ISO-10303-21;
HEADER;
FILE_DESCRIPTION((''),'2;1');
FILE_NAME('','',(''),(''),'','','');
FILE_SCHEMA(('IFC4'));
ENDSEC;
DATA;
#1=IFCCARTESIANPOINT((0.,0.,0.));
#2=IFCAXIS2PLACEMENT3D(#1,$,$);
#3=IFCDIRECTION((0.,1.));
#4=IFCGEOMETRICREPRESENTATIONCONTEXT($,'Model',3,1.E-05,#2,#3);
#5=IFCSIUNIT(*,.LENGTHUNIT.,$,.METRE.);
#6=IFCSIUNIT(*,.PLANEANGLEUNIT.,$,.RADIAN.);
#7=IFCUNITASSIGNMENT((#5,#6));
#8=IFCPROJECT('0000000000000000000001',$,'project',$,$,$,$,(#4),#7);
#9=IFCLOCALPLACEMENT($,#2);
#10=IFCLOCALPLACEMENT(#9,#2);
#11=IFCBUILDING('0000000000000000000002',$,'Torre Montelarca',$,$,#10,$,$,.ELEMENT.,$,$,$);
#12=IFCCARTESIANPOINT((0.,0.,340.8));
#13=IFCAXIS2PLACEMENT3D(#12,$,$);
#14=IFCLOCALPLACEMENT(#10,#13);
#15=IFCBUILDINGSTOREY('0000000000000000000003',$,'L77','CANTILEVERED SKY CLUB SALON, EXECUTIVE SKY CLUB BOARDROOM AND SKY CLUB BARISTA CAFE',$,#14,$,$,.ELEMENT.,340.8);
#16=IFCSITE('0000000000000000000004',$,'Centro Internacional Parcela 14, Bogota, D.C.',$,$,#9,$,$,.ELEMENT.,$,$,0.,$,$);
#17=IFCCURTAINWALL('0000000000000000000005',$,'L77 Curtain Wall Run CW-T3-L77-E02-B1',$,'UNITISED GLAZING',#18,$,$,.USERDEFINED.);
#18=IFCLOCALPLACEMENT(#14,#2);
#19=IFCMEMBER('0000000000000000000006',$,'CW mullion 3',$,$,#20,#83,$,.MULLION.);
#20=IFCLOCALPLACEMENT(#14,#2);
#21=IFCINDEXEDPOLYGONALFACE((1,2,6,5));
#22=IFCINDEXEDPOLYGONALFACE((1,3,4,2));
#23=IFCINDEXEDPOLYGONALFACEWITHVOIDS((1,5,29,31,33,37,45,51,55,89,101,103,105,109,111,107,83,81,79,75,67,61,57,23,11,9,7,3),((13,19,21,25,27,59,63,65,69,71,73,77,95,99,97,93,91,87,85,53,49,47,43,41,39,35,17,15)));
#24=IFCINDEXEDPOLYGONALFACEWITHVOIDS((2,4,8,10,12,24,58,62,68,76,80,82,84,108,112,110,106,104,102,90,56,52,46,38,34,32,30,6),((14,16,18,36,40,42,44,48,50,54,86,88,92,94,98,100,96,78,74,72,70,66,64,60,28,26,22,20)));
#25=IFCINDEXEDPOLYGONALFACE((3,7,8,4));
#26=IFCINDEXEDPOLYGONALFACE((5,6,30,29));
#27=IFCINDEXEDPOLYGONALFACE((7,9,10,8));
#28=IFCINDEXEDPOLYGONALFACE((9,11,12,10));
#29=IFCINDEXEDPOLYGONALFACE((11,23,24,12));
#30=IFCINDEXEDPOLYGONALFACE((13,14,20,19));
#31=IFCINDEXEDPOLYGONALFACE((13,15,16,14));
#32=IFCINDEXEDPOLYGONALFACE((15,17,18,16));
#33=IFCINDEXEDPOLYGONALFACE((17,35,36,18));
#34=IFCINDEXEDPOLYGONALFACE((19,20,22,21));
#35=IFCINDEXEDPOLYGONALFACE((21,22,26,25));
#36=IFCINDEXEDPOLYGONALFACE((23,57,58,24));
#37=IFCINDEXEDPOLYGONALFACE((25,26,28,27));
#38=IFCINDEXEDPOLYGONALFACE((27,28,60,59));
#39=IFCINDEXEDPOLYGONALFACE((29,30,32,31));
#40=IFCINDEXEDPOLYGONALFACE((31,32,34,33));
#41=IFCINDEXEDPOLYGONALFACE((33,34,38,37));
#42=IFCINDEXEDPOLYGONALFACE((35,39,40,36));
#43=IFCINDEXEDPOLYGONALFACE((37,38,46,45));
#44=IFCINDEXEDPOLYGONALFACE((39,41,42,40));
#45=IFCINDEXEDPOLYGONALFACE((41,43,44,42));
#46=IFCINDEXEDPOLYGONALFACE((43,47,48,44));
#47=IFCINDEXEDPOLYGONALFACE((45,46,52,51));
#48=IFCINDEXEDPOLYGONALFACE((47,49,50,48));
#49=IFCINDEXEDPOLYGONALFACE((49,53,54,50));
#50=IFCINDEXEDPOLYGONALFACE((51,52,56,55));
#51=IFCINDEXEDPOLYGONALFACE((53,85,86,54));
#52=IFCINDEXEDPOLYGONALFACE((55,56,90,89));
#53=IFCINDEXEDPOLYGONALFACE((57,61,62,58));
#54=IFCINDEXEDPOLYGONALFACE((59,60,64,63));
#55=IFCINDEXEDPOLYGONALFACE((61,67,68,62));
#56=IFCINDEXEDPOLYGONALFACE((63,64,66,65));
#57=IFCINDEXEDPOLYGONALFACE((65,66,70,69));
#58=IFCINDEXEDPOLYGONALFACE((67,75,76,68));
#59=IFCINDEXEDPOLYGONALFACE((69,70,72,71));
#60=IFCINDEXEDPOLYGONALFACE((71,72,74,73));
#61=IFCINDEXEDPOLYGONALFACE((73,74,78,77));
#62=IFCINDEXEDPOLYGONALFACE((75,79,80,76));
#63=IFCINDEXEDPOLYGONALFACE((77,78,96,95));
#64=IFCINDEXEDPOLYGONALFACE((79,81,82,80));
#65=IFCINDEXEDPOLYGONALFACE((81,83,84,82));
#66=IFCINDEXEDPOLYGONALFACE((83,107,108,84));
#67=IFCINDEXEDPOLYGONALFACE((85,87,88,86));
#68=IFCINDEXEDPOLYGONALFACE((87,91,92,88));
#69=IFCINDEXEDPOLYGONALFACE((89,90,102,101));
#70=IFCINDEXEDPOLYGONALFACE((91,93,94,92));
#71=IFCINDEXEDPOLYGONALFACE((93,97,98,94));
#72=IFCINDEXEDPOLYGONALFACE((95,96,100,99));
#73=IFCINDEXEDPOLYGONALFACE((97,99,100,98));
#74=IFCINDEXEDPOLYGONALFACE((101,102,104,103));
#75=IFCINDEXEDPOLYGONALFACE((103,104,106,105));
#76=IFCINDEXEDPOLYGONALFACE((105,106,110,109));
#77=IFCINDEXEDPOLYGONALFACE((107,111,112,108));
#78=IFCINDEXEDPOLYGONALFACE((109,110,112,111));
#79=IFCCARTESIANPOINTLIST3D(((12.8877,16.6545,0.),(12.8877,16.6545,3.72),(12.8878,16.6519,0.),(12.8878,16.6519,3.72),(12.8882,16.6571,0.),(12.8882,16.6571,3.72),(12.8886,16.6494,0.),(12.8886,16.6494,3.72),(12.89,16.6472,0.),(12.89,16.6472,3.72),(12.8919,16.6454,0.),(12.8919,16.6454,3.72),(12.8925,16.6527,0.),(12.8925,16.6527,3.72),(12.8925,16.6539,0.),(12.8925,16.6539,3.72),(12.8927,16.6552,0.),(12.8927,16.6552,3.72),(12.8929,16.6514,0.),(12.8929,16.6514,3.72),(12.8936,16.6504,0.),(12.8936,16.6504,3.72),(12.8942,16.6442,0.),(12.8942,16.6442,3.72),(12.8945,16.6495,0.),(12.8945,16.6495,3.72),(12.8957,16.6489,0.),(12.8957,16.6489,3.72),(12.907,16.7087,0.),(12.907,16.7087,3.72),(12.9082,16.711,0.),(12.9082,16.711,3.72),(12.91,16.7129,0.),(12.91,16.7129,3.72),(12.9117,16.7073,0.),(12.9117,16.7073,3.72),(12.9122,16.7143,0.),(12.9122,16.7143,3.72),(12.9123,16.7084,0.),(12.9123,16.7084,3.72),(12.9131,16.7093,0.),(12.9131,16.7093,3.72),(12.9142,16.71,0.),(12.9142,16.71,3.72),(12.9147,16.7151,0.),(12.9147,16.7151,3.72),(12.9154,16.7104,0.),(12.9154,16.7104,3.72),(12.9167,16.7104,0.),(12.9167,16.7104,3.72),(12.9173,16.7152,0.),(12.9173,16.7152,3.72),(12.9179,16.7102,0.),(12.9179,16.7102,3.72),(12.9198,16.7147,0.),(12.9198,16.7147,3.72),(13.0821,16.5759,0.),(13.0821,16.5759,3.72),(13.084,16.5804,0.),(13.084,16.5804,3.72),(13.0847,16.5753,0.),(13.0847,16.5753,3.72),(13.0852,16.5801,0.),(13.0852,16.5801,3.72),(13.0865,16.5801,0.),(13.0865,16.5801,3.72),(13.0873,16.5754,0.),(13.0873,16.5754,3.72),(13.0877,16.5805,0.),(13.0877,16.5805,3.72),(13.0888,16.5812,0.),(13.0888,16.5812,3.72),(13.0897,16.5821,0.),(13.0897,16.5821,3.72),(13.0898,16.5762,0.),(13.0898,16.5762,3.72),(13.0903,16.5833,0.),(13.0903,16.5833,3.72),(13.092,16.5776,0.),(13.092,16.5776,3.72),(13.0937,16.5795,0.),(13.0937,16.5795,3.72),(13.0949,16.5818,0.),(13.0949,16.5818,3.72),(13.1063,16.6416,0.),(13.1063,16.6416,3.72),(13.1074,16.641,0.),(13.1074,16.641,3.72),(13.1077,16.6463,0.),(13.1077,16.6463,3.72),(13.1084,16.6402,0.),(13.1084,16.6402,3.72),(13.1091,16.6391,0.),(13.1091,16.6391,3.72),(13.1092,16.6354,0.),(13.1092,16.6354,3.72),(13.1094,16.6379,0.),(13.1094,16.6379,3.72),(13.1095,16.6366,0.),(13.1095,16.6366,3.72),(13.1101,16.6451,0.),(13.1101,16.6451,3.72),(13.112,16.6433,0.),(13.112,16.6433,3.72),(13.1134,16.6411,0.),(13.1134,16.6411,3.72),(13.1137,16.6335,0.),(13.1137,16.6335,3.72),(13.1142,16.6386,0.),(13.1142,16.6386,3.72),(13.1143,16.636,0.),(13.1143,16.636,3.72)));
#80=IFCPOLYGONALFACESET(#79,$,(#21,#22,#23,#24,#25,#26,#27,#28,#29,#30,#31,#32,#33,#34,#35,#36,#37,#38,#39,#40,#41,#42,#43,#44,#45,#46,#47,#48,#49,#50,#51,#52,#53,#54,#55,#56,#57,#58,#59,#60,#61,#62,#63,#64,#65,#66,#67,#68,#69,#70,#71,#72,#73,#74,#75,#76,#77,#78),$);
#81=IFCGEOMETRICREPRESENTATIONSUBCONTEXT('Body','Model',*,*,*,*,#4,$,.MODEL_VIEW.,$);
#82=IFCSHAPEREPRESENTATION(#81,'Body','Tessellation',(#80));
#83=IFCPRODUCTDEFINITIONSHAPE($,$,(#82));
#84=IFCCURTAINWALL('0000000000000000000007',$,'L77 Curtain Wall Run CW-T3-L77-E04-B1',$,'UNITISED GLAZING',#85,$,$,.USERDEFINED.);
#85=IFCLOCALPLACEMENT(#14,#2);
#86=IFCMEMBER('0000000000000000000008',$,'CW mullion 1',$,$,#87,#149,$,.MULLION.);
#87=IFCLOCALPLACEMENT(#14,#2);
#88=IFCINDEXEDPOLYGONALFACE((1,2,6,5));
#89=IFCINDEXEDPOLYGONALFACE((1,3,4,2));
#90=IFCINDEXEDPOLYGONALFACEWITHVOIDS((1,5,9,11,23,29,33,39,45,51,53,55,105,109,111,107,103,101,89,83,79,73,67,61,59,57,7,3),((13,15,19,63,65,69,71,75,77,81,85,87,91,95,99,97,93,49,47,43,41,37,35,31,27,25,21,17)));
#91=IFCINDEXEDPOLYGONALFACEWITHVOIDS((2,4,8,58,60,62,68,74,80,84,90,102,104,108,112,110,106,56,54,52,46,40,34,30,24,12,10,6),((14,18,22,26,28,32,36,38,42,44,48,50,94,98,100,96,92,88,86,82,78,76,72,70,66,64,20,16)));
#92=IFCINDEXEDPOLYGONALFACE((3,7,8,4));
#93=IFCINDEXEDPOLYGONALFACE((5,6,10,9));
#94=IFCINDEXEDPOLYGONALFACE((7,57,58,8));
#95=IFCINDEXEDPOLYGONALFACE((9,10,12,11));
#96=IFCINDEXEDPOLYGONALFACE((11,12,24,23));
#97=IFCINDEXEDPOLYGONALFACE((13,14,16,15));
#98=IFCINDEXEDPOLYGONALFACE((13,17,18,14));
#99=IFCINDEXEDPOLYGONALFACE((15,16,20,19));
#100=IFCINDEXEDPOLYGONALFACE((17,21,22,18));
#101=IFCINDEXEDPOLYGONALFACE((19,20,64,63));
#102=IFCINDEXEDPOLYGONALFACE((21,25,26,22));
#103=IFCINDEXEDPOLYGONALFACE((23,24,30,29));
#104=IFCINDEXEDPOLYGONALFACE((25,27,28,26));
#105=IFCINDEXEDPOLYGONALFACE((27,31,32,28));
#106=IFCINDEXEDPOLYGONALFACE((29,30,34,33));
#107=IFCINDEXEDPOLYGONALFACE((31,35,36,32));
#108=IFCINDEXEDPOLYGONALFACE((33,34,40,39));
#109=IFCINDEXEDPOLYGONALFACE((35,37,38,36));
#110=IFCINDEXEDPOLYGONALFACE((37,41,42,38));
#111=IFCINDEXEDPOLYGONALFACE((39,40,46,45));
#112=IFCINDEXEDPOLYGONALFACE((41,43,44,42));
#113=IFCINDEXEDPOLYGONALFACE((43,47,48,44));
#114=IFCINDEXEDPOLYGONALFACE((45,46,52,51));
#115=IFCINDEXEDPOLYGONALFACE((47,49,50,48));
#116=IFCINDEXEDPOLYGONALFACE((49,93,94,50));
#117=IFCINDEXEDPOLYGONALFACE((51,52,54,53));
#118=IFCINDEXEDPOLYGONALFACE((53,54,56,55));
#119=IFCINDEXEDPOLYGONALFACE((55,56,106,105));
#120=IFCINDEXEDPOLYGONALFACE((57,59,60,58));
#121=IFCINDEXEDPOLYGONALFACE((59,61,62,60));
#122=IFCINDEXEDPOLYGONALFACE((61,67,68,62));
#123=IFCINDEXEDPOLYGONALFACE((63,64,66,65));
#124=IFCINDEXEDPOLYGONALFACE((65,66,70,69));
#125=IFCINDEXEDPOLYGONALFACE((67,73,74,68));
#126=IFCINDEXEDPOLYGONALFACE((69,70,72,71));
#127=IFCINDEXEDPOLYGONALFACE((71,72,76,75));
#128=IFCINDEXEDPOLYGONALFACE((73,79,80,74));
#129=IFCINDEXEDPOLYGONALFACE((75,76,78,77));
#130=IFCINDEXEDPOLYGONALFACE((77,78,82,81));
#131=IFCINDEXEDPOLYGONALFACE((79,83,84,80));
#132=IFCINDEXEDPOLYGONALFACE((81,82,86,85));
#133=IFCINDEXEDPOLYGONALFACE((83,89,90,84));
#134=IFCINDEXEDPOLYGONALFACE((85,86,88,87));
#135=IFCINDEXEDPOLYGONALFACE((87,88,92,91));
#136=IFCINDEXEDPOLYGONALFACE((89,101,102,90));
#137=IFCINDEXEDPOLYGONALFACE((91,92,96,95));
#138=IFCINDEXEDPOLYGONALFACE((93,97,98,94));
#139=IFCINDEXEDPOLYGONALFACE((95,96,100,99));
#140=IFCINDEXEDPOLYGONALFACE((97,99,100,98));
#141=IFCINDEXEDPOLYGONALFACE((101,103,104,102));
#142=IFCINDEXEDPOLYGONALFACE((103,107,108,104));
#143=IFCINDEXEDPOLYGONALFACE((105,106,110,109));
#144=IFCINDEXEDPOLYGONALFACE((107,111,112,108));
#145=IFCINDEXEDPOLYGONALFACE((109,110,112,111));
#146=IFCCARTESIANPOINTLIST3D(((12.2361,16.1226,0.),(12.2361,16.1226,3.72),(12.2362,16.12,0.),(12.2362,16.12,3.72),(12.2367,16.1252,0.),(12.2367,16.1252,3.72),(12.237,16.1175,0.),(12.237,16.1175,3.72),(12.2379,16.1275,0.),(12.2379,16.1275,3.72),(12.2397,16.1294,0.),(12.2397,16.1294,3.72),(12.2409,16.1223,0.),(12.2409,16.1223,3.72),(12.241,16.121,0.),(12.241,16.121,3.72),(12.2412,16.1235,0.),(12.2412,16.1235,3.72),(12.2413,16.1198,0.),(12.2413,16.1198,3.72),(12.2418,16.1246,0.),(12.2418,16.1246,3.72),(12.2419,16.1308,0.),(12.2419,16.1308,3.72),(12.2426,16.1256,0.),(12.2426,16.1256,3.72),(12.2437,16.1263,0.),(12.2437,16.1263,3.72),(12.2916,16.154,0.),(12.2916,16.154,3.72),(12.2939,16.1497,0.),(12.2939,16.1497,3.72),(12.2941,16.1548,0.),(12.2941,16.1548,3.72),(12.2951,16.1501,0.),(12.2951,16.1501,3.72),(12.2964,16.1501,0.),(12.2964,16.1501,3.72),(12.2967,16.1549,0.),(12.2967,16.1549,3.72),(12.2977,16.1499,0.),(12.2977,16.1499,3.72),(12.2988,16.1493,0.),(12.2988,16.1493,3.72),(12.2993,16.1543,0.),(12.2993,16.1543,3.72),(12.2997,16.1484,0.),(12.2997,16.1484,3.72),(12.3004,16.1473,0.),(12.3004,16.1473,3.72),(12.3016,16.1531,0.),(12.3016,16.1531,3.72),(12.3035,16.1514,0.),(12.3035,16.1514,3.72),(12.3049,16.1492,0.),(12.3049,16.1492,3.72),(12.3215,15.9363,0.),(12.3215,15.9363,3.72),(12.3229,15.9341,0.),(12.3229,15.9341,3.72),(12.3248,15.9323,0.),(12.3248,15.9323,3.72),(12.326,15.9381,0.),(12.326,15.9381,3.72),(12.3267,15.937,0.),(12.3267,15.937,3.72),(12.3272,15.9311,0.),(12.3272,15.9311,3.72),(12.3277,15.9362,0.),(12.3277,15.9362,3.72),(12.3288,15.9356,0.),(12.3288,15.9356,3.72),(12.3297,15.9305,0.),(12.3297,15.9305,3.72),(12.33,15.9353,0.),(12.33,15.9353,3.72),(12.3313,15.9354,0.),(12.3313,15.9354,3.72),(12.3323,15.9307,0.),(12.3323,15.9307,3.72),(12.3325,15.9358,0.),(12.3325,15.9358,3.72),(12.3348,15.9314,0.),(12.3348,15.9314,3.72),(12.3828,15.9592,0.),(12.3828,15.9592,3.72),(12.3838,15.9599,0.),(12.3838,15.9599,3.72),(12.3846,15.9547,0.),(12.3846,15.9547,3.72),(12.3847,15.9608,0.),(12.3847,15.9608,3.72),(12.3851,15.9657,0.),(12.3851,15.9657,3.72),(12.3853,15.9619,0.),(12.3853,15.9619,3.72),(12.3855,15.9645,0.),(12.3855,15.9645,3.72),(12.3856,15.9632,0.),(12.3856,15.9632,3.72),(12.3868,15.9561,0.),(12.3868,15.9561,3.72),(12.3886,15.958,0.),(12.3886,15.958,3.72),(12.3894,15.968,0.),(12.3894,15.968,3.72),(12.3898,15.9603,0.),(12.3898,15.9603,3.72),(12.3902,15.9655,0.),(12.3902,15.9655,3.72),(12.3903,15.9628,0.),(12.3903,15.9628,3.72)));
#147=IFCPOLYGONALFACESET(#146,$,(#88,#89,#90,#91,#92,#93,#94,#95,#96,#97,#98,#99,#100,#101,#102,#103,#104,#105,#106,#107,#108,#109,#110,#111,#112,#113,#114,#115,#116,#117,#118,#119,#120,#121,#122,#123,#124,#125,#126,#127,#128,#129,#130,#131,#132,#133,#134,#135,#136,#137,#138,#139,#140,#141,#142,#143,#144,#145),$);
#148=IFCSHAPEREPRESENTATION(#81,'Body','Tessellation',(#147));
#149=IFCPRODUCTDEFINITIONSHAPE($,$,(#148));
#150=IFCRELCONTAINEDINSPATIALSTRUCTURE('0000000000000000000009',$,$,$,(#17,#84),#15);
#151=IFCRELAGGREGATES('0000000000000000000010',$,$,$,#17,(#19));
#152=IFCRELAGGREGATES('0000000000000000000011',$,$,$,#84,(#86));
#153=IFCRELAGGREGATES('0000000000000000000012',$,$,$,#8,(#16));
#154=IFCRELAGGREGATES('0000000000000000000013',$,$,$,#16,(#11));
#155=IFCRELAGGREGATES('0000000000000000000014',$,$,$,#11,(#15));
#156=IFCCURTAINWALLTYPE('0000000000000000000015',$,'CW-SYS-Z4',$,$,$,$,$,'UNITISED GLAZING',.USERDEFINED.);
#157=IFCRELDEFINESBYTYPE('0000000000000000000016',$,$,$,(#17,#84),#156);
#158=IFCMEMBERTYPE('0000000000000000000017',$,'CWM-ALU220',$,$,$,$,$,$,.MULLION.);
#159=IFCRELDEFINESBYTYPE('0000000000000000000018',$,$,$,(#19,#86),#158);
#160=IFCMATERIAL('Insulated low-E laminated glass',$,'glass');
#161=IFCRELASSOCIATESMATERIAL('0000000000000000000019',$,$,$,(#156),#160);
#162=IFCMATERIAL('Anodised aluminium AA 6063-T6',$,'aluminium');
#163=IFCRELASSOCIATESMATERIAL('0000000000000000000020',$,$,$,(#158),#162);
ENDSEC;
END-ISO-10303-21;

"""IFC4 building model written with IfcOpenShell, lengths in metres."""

from ifc_helpers import new_model, si_unit, direction, frame, origin, origin_2d, place, context, subcontext, project, spatial, hollow_rectangle, extrude, source, transform, mapped, material, material_profile, profile_set, type_object, element, aggregate, save


model = new_model("IFC4")

# Units and contexts
model_context = context("Model", 3, precision=1e-05, world=origin(), true_north=direction((0.0, 1.0)))
body_context = subcontext(model_context, "Body", "Model", "MODEL_VIEW")
ifc_project = project(units=[si_unit("LENGTHUNIT", "METRE"), si_unit("PLANEANGLEUNIT", "RADIAN")], contexts=[model_context])

# Site, building, storey
site_placement = place(None, origin())
site = spatial("IfcSite", under=ifc_project, at=site_placement, Name="Centro Internacional Parcela 14, Bogota, D.C.", CompositionType="ELEMENT", RefElevation=0.0)
building_placement = place(site_placement, origin())
building = spatial("IfcBuilding", under=site, at=building_placement, Name="Torre Montelarca", CompositionType="ELEMENT")
storey_placement = place(building_placement, frame((0.0, 0.0, 340.8)))
storey = spatial("IfcBuildingStorey", under=building, at=storey_placement, Name="L77", Description="CANTILEVERED SKY CLUB SALON, EXECUTIVE SKY CLUB BOARDROOM AND SKY CLUB BARISTA CAFE", CompositionType="ELEMENT", Elevation=340.8)

# Curtain wall, member
ifc_material_1 = material(Name="Insulated low-E laminated glass", Category="glass")
curtain_wall_type = type_object("IfcCurtainWallType", Name="CW-SYS-Z4", ElementType="UNITISED GLAZING", PredefinedType="USERDEFINED", material=ifc_material_1)
curtain_wall_1_placement = place(storey_placement, origin())
curtain_wall_1 = element("IfcCurtainWall", 1, at=curtain_wall_1_placement, inside=storey, type_object=curtain_wall_type, Name="L77 Curtain Wall Run CW-T3-L77-E02-B1", ObjectType="UNITISED GLAZING", PredefinedType="USERDEFINED")
ifc_material_2 = material(Name="Anodised aluminium AA 6063-T6", Category="aluminium")
ifc_material_profile_1 = material_profile(ifc_material_2, hollow_rectangle(XDim=0.075, YDim=0.22, WallThickness=0.0049, InnerFilletRadius=0.0049, OuterFilletRadius=0.01, at=origin_2d()), Name="ALU75X220X5", Category="aluminium")
ifc_profile_set_1 = profile_set([ifc_material_profile_1], Name="Anodised aluminium AA 6063-T6")
member_type_1 = type_object("IfcMemberType", Name="CWM-ALU220", PredefinedType="MULLION", material=ifc_profile_set_1)
shared_shape_1 = source(origin(), body_context, "Body", "SweptSolid", [
    extrude(hollow_rectangle(XDim=0.075, YDim=0.22, WallThickness=0.0049, InnerFilletRadius=0.0049, OuterFilletRadius=0.01, at=origin_2d()), origin(), (0.0, 0.0, 1.0), 3.72),
])
member_1_placement = place(storey_placement, frame((13.001, 16.6453, 0.0), z_axis=(0.0, 0.0, 1.0), x_axis=(0.342024, 0.939691, 0.0)))
member_1 = element("IfcMember", 2, at=member_1_placement, type_object=member_type_1, Name="CW mullion 3", PredefinedType="MULLION", context=body_context, shape_type="MappedRepresentation", body=[
    mapped(shared_shape_1, transform((0.0, 0.0, 0.0), scale=1.0)),
])
aggregate(curtain_wall_1, [member_1])

# Curtain wall, member
curtain_wall_2_placement = place(storey_placement, origin())
curtain_wall_2 = element("IfcCurtainWall", 3, at=curtain_wall_2_placement, inside=storey, type_object=curtain_wall_type, Name="L77 Curtain Wall Run CW-T3-L77-E04-B1", ObjectType="UNITISED GLAZING", PredefinedType="USERDEFINED")
member_2_placement = place(storey_placement, frame((12.3132, 16.0427, 0.0), z_axis=(0.0, 0.0, 1.0), x_axis=(0.906317, 0.422599, 0.0)))
member_2 = element("IfcMember", 4, at=member_2_placement, type_object=member_type_1, Name="CW mullion 1", PredefinedType="MULLION", context=body_context, shape_type="MappedRepresentation", body=[
    mapped(shared_shape_1, transform((0.0, 0.0, 0.0), scale=1.0)),
])

aggregate(curtain_wall_2, [member_2])

save(model, "model.ifc")
